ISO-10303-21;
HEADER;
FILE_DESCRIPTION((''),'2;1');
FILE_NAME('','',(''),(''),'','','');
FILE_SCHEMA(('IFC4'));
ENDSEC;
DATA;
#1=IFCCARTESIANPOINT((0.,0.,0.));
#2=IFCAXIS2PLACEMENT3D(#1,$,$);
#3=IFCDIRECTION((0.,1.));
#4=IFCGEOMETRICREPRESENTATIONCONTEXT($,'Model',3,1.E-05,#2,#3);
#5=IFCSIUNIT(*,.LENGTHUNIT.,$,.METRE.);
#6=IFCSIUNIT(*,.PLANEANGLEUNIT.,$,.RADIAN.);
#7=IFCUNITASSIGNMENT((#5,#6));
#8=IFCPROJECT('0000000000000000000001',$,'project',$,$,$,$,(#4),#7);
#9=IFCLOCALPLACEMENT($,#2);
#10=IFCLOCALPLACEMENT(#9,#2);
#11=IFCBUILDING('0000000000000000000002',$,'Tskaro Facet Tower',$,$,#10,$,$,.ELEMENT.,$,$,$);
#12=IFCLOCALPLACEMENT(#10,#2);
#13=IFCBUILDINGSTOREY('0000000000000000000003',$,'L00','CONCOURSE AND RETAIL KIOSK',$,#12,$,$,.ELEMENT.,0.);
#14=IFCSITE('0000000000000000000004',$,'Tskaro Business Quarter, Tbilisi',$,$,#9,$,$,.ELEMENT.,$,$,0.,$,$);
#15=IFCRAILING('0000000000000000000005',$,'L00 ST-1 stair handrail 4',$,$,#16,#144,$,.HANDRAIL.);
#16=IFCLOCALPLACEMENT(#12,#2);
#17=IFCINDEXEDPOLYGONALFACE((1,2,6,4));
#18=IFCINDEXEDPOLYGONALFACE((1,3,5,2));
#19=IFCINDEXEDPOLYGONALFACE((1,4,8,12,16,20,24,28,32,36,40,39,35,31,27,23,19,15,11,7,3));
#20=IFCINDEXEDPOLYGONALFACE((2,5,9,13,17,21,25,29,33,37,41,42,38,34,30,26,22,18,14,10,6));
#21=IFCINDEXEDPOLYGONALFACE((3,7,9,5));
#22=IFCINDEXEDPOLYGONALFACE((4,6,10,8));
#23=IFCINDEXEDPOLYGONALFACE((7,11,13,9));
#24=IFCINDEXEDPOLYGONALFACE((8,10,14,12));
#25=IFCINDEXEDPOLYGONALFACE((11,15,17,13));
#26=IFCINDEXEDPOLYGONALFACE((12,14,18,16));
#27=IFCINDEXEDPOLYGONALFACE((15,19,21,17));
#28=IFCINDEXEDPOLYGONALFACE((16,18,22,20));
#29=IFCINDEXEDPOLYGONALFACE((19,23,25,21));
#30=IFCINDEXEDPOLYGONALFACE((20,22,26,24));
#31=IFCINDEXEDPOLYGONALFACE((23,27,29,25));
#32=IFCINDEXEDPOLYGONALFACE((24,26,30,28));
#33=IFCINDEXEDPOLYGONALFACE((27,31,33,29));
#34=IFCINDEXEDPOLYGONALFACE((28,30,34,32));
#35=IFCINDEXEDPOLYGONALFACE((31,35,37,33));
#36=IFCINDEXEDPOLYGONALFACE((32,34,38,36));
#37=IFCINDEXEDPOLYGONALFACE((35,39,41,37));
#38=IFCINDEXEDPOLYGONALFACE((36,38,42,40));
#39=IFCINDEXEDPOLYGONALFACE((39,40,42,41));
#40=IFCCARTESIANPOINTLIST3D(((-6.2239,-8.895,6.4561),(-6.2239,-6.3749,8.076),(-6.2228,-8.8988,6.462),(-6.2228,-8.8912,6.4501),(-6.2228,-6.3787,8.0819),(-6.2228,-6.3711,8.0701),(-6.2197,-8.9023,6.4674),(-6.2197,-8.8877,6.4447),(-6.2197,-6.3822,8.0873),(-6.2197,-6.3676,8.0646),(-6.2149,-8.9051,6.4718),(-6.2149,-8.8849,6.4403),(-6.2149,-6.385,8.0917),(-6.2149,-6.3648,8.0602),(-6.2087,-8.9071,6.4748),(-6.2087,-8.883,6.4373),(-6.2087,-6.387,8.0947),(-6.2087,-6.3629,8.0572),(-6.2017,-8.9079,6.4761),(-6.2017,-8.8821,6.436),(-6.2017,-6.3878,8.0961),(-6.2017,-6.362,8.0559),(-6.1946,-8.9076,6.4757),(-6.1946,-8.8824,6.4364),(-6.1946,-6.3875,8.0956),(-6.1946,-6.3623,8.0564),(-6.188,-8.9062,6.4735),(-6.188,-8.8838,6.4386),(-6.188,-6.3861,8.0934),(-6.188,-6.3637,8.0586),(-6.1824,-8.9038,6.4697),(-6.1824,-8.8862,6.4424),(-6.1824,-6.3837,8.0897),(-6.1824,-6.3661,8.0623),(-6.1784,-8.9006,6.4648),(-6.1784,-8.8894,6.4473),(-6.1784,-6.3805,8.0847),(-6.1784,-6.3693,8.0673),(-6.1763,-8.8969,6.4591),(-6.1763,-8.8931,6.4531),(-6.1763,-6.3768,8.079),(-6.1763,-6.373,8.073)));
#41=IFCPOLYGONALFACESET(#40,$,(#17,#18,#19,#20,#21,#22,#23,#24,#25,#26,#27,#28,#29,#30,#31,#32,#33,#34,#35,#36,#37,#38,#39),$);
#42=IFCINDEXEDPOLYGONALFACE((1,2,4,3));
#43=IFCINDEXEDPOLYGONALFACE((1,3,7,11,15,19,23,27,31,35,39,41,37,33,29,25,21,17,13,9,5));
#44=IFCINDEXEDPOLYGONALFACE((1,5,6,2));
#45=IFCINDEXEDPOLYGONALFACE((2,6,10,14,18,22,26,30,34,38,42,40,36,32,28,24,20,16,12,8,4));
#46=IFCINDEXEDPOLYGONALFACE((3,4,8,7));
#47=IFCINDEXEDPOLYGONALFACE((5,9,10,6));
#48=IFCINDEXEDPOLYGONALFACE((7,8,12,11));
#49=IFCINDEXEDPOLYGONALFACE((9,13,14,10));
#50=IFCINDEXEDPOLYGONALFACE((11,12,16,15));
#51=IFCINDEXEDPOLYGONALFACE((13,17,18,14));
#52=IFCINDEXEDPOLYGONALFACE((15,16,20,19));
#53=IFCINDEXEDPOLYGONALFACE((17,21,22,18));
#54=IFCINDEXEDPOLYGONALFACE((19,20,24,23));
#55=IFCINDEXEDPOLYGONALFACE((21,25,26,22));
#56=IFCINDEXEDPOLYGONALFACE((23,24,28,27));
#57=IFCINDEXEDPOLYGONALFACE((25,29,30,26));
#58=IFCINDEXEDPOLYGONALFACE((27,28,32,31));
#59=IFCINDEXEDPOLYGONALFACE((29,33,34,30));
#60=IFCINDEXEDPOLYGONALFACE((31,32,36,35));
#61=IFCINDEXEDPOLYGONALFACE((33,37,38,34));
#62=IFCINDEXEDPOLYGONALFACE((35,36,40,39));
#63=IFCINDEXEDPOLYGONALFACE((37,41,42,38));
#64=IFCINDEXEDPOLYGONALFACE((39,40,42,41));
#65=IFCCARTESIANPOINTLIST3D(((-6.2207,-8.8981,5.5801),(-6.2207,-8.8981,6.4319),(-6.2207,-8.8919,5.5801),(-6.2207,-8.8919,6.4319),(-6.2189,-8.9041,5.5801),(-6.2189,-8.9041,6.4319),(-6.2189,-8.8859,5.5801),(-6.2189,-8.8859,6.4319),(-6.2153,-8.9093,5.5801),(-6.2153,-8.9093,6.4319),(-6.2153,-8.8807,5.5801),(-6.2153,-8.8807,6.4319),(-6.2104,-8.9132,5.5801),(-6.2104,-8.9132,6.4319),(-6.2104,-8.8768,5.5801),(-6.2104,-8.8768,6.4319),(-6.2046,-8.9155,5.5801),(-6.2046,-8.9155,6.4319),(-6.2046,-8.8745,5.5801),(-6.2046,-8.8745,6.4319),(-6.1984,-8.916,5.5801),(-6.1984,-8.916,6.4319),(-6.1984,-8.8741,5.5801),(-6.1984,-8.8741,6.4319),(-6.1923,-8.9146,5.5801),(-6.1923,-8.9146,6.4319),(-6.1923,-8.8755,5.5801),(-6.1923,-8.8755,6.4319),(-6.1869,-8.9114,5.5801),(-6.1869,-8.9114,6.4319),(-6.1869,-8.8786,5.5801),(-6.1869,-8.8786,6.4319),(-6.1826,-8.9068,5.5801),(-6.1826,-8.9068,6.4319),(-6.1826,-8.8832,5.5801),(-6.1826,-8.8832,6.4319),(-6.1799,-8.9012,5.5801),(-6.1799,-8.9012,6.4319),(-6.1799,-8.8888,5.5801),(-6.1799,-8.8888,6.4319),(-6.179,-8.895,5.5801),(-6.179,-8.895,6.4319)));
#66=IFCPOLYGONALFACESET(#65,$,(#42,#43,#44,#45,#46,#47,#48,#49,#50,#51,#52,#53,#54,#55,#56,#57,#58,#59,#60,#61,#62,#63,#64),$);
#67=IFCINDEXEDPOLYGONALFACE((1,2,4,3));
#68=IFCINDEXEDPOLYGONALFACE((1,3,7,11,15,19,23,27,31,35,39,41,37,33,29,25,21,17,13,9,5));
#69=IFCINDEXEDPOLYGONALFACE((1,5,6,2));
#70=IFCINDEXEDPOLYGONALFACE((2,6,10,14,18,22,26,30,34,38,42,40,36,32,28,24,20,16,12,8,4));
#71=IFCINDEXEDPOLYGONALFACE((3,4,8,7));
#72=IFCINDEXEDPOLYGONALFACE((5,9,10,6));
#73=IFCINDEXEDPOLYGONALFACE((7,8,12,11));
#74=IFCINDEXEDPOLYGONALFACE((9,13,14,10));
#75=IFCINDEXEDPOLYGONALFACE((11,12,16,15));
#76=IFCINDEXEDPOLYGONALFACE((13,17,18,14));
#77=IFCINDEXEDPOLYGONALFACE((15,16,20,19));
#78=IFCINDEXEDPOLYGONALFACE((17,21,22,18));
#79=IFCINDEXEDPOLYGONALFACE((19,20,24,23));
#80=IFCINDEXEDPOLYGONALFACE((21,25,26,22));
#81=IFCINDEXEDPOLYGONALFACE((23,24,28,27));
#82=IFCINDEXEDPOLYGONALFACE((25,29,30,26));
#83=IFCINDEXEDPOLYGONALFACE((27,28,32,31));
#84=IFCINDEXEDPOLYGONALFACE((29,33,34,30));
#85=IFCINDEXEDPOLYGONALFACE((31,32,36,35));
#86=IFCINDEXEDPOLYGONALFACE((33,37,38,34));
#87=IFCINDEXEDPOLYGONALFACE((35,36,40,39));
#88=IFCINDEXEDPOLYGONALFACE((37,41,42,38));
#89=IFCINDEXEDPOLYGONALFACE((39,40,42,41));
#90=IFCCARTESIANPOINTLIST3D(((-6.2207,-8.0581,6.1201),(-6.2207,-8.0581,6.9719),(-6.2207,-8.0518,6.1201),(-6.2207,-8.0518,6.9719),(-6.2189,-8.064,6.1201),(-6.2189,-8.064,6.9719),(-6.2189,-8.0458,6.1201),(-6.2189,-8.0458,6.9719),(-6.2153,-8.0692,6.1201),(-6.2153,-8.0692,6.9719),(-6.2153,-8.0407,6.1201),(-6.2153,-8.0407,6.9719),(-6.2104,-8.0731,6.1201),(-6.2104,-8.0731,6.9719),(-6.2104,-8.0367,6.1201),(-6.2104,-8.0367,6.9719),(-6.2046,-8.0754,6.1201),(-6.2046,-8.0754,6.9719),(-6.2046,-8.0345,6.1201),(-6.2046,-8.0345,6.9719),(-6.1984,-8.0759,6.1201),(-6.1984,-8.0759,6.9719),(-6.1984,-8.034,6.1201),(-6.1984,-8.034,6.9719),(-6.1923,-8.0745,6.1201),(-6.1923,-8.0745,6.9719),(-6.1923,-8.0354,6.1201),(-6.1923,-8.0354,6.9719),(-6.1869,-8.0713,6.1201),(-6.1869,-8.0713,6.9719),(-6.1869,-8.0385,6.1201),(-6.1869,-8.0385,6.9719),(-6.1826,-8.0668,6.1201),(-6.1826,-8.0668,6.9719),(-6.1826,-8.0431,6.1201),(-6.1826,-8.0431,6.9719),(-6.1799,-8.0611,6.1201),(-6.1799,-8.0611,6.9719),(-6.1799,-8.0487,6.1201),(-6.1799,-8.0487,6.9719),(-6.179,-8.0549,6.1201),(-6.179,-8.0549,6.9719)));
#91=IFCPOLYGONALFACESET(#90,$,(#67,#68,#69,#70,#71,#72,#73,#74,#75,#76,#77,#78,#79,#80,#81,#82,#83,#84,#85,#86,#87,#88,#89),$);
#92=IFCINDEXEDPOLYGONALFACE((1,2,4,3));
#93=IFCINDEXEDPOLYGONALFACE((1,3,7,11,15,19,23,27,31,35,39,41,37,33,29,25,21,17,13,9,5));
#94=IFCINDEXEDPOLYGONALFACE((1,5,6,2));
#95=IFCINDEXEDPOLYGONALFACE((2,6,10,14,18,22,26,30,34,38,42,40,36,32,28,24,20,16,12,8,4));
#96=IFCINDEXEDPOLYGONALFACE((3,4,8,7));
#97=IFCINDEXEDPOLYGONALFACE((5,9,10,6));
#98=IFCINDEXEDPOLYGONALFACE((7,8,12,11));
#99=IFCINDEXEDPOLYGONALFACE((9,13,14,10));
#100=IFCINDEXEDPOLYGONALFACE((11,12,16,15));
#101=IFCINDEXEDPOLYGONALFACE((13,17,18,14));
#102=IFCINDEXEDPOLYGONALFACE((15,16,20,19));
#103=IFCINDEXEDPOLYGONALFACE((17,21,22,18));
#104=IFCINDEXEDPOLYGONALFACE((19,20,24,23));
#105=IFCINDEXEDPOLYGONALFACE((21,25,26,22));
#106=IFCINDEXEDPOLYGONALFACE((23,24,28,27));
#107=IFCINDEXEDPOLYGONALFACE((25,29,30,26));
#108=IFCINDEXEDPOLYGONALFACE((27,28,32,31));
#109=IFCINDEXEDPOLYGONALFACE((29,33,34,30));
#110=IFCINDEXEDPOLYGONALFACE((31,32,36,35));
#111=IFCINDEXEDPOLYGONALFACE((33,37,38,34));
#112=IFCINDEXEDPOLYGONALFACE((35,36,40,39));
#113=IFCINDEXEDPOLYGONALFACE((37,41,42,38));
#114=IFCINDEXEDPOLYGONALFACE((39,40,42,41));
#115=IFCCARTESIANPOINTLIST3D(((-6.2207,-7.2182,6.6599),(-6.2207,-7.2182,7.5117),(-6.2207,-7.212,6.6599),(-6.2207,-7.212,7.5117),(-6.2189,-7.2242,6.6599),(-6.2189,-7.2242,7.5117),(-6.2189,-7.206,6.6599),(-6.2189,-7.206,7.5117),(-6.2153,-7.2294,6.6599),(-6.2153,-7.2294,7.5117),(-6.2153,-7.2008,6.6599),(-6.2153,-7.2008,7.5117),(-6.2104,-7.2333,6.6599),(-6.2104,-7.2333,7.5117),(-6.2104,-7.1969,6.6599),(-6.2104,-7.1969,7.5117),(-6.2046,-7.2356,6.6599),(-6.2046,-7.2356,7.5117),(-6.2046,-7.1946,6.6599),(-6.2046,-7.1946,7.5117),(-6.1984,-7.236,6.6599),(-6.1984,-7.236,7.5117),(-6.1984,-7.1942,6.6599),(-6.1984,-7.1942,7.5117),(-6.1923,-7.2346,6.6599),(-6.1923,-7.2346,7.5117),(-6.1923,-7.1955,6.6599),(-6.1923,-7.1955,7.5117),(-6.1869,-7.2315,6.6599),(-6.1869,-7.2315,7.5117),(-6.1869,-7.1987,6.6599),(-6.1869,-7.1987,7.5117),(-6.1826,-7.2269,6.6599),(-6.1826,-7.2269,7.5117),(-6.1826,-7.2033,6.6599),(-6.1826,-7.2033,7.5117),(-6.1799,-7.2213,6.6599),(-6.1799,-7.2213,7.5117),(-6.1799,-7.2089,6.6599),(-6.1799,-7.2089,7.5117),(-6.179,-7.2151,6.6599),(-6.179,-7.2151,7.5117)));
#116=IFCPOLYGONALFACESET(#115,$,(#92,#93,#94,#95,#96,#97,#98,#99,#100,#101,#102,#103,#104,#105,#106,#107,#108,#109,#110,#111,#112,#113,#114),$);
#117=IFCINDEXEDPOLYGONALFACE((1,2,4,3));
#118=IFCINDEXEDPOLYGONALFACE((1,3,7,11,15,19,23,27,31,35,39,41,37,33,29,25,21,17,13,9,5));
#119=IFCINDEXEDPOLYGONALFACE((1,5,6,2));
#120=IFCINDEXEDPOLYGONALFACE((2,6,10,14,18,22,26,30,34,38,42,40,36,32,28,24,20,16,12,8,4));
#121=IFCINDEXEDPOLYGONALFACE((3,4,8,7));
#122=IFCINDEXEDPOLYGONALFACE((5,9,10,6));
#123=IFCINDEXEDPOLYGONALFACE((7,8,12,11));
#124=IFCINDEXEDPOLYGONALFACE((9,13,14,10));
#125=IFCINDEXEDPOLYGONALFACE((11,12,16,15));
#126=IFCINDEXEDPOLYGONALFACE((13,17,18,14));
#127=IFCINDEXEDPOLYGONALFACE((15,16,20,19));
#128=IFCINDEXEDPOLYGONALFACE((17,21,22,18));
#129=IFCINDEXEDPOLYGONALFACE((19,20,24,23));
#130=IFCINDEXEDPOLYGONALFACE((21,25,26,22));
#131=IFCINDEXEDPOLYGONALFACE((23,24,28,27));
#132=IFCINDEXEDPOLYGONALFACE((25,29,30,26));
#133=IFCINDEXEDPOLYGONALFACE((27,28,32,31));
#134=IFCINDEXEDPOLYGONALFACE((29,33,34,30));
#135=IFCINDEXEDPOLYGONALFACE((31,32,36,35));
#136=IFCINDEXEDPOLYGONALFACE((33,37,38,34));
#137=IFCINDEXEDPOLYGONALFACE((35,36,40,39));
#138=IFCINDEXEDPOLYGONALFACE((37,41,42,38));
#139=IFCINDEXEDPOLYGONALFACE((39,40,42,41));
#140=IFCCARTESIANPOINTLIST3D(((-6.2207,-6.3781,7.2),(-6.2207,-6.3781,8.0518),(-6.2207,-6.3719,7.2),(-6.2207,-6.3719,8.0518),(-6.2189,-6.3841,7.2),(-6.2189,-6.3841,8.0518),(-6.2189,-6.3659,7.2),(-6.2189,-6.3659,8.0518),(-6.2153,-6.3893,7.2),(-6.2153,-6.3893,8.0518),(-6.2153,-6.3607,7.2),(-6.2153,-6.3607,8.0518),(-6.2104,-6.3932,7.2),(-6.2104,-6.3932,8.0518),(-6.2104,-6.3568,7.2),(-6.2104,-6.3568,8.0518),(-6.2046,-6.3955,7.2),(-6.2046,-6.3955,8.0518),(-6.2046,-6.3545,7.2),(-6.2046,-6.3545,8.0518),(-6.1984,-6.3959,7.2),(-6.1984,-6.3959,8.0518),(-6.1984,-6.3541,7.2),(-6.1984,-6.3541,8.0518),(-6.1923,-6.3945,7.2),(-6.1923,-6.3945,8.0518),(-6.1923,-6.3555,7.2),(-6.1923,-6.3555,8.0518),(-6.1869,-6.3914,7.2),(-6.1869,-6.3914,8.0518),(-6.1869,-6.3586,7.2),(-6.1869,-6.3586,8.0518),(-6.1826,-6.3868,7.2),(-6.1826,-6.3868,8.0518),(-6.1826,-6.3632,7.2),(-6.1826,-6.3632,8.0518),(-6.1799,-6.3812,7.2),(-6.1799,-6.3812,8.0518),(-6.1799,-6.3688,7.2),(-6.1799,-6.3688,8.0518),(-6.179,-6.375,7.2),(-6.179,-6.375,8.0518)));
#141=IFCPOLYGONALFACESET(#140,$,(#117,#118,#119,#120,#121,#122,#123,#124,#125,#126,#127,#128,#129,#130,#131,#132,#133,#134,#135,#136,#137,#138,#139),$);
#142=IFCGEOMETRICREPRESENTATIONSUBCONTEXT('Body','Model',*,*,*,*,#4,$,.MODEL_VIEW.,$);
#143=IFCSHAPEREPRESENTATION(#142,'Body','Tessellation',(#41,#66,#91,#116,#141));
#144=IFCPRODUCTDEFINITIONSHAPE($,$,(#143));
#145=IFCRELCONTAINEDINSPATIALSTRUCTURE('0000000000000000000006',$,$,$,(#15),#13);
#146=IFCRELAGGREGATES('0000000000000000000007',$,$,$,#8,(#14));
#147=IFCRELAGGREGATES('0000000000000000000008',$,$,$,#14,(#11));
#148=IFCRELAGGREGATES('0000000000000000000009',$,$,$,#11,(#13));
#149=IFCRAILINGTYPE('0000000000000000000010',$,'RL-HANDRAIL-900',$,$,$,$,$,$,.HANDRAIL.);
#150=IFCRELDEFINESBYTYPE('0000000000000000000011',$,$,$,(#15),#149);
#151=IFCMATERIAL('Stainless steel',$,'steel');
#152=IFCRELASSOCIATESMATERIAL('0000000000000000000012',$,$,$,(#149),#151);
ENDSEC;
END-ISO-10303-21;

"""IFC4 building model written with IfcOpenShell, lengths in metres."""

from ifc_helpers import new_model, si_unit, direction, frame, origin, origin_2d, place, context, subcontext, project, spatial, circle, extrude, material, type_object, element, save


model = new_model("IFC4")

# Units and contexts
model_context = context("Model", 3, precision=1e-05, world=origin(), true_north=direction((0.0, 1.0)))
body_context = subcontext(model_context, "Body", "Model", "MODEL_VIEW")
ifc_project = project(units=[si_unit("LENGTHUNIT", "METRE"), si_unit("PLANEANGLEUNIT", "RADIAN")], contexts=[model_context])

# Site, building, storey
site_placement = place(None, origin())
site = spatial("IfcSite", under=ifc_project, at=site_placement, Name="Tskaro Business Quarter, Tbilisi", CompositionType="ELEMENT", RefElevation=0.0)
building_placement = place(site_placement, origin())
building = spatial("IfcBuilding", under=site, at=building_placement, Name="Tskaro Facet Tower", CompositionType="ELEMENT")
storey_placement = place(building_placement, origin())
storey = spatial("IfcBuildingStorey", under=building, at=storey_placement, Name="L00", Description="CONCOURSE AND RETAIL KIOSK", CompositionType="ELEMENT", Elevation=0.0)

# Railing
ifc_material_1 = material(Name="Stainless steel", Category="steel")
railing_type_1 = type_object("IfcRailingType", Name="RL-HANDRAIL-900", PredefinedType="HANDRAIL", material=ifc_material_1)
railing_1_placement = place(storey_placement, frame((-6.2, -8.895, 5.5801)))
element("IfcRailing", 1, at=railing_1_placement, inside=storey, type_object=railing_type_1, Name="L00 ST-1 stair handrail 4", PredefinedType="HANDRAIL", context=body_context, shape_type="SweptSolid", body=[
    extrude(circle(Radius=0.0239, at=origin_2d()), frame((0.0, 0.0, 0.876), z_axis=(0.0, 0.8412, 0.540725), x_axis=(-1.0, 0.0, 0.0)), (0.0, 0.0, 1.0), 2.9958),
    extrude(circle(Radius=0.021, at=origin_2d()), origin(), (0.0, 0.0, 1.0), 0.8518),
    extrude(circle(Radius=0.021, at=origin_2d()), frame((0.0, 0.8401, 0.54)), (0.0, 0.0, 1.0), 0.8518),
    extrude(circle(Radius=0.021, at=origin_2d()), frame((0.0, 1.6799, 1.0798)), (0.0, 0.0, 1.0), 0.8518),
    extrude(circle(Radius=0.021, at=origin_2d()), frame((0.0, 2.52, 1.6199)), (0.0, 0.0, 1.0), 0.8518),
])

save(model, "model.ifc")
